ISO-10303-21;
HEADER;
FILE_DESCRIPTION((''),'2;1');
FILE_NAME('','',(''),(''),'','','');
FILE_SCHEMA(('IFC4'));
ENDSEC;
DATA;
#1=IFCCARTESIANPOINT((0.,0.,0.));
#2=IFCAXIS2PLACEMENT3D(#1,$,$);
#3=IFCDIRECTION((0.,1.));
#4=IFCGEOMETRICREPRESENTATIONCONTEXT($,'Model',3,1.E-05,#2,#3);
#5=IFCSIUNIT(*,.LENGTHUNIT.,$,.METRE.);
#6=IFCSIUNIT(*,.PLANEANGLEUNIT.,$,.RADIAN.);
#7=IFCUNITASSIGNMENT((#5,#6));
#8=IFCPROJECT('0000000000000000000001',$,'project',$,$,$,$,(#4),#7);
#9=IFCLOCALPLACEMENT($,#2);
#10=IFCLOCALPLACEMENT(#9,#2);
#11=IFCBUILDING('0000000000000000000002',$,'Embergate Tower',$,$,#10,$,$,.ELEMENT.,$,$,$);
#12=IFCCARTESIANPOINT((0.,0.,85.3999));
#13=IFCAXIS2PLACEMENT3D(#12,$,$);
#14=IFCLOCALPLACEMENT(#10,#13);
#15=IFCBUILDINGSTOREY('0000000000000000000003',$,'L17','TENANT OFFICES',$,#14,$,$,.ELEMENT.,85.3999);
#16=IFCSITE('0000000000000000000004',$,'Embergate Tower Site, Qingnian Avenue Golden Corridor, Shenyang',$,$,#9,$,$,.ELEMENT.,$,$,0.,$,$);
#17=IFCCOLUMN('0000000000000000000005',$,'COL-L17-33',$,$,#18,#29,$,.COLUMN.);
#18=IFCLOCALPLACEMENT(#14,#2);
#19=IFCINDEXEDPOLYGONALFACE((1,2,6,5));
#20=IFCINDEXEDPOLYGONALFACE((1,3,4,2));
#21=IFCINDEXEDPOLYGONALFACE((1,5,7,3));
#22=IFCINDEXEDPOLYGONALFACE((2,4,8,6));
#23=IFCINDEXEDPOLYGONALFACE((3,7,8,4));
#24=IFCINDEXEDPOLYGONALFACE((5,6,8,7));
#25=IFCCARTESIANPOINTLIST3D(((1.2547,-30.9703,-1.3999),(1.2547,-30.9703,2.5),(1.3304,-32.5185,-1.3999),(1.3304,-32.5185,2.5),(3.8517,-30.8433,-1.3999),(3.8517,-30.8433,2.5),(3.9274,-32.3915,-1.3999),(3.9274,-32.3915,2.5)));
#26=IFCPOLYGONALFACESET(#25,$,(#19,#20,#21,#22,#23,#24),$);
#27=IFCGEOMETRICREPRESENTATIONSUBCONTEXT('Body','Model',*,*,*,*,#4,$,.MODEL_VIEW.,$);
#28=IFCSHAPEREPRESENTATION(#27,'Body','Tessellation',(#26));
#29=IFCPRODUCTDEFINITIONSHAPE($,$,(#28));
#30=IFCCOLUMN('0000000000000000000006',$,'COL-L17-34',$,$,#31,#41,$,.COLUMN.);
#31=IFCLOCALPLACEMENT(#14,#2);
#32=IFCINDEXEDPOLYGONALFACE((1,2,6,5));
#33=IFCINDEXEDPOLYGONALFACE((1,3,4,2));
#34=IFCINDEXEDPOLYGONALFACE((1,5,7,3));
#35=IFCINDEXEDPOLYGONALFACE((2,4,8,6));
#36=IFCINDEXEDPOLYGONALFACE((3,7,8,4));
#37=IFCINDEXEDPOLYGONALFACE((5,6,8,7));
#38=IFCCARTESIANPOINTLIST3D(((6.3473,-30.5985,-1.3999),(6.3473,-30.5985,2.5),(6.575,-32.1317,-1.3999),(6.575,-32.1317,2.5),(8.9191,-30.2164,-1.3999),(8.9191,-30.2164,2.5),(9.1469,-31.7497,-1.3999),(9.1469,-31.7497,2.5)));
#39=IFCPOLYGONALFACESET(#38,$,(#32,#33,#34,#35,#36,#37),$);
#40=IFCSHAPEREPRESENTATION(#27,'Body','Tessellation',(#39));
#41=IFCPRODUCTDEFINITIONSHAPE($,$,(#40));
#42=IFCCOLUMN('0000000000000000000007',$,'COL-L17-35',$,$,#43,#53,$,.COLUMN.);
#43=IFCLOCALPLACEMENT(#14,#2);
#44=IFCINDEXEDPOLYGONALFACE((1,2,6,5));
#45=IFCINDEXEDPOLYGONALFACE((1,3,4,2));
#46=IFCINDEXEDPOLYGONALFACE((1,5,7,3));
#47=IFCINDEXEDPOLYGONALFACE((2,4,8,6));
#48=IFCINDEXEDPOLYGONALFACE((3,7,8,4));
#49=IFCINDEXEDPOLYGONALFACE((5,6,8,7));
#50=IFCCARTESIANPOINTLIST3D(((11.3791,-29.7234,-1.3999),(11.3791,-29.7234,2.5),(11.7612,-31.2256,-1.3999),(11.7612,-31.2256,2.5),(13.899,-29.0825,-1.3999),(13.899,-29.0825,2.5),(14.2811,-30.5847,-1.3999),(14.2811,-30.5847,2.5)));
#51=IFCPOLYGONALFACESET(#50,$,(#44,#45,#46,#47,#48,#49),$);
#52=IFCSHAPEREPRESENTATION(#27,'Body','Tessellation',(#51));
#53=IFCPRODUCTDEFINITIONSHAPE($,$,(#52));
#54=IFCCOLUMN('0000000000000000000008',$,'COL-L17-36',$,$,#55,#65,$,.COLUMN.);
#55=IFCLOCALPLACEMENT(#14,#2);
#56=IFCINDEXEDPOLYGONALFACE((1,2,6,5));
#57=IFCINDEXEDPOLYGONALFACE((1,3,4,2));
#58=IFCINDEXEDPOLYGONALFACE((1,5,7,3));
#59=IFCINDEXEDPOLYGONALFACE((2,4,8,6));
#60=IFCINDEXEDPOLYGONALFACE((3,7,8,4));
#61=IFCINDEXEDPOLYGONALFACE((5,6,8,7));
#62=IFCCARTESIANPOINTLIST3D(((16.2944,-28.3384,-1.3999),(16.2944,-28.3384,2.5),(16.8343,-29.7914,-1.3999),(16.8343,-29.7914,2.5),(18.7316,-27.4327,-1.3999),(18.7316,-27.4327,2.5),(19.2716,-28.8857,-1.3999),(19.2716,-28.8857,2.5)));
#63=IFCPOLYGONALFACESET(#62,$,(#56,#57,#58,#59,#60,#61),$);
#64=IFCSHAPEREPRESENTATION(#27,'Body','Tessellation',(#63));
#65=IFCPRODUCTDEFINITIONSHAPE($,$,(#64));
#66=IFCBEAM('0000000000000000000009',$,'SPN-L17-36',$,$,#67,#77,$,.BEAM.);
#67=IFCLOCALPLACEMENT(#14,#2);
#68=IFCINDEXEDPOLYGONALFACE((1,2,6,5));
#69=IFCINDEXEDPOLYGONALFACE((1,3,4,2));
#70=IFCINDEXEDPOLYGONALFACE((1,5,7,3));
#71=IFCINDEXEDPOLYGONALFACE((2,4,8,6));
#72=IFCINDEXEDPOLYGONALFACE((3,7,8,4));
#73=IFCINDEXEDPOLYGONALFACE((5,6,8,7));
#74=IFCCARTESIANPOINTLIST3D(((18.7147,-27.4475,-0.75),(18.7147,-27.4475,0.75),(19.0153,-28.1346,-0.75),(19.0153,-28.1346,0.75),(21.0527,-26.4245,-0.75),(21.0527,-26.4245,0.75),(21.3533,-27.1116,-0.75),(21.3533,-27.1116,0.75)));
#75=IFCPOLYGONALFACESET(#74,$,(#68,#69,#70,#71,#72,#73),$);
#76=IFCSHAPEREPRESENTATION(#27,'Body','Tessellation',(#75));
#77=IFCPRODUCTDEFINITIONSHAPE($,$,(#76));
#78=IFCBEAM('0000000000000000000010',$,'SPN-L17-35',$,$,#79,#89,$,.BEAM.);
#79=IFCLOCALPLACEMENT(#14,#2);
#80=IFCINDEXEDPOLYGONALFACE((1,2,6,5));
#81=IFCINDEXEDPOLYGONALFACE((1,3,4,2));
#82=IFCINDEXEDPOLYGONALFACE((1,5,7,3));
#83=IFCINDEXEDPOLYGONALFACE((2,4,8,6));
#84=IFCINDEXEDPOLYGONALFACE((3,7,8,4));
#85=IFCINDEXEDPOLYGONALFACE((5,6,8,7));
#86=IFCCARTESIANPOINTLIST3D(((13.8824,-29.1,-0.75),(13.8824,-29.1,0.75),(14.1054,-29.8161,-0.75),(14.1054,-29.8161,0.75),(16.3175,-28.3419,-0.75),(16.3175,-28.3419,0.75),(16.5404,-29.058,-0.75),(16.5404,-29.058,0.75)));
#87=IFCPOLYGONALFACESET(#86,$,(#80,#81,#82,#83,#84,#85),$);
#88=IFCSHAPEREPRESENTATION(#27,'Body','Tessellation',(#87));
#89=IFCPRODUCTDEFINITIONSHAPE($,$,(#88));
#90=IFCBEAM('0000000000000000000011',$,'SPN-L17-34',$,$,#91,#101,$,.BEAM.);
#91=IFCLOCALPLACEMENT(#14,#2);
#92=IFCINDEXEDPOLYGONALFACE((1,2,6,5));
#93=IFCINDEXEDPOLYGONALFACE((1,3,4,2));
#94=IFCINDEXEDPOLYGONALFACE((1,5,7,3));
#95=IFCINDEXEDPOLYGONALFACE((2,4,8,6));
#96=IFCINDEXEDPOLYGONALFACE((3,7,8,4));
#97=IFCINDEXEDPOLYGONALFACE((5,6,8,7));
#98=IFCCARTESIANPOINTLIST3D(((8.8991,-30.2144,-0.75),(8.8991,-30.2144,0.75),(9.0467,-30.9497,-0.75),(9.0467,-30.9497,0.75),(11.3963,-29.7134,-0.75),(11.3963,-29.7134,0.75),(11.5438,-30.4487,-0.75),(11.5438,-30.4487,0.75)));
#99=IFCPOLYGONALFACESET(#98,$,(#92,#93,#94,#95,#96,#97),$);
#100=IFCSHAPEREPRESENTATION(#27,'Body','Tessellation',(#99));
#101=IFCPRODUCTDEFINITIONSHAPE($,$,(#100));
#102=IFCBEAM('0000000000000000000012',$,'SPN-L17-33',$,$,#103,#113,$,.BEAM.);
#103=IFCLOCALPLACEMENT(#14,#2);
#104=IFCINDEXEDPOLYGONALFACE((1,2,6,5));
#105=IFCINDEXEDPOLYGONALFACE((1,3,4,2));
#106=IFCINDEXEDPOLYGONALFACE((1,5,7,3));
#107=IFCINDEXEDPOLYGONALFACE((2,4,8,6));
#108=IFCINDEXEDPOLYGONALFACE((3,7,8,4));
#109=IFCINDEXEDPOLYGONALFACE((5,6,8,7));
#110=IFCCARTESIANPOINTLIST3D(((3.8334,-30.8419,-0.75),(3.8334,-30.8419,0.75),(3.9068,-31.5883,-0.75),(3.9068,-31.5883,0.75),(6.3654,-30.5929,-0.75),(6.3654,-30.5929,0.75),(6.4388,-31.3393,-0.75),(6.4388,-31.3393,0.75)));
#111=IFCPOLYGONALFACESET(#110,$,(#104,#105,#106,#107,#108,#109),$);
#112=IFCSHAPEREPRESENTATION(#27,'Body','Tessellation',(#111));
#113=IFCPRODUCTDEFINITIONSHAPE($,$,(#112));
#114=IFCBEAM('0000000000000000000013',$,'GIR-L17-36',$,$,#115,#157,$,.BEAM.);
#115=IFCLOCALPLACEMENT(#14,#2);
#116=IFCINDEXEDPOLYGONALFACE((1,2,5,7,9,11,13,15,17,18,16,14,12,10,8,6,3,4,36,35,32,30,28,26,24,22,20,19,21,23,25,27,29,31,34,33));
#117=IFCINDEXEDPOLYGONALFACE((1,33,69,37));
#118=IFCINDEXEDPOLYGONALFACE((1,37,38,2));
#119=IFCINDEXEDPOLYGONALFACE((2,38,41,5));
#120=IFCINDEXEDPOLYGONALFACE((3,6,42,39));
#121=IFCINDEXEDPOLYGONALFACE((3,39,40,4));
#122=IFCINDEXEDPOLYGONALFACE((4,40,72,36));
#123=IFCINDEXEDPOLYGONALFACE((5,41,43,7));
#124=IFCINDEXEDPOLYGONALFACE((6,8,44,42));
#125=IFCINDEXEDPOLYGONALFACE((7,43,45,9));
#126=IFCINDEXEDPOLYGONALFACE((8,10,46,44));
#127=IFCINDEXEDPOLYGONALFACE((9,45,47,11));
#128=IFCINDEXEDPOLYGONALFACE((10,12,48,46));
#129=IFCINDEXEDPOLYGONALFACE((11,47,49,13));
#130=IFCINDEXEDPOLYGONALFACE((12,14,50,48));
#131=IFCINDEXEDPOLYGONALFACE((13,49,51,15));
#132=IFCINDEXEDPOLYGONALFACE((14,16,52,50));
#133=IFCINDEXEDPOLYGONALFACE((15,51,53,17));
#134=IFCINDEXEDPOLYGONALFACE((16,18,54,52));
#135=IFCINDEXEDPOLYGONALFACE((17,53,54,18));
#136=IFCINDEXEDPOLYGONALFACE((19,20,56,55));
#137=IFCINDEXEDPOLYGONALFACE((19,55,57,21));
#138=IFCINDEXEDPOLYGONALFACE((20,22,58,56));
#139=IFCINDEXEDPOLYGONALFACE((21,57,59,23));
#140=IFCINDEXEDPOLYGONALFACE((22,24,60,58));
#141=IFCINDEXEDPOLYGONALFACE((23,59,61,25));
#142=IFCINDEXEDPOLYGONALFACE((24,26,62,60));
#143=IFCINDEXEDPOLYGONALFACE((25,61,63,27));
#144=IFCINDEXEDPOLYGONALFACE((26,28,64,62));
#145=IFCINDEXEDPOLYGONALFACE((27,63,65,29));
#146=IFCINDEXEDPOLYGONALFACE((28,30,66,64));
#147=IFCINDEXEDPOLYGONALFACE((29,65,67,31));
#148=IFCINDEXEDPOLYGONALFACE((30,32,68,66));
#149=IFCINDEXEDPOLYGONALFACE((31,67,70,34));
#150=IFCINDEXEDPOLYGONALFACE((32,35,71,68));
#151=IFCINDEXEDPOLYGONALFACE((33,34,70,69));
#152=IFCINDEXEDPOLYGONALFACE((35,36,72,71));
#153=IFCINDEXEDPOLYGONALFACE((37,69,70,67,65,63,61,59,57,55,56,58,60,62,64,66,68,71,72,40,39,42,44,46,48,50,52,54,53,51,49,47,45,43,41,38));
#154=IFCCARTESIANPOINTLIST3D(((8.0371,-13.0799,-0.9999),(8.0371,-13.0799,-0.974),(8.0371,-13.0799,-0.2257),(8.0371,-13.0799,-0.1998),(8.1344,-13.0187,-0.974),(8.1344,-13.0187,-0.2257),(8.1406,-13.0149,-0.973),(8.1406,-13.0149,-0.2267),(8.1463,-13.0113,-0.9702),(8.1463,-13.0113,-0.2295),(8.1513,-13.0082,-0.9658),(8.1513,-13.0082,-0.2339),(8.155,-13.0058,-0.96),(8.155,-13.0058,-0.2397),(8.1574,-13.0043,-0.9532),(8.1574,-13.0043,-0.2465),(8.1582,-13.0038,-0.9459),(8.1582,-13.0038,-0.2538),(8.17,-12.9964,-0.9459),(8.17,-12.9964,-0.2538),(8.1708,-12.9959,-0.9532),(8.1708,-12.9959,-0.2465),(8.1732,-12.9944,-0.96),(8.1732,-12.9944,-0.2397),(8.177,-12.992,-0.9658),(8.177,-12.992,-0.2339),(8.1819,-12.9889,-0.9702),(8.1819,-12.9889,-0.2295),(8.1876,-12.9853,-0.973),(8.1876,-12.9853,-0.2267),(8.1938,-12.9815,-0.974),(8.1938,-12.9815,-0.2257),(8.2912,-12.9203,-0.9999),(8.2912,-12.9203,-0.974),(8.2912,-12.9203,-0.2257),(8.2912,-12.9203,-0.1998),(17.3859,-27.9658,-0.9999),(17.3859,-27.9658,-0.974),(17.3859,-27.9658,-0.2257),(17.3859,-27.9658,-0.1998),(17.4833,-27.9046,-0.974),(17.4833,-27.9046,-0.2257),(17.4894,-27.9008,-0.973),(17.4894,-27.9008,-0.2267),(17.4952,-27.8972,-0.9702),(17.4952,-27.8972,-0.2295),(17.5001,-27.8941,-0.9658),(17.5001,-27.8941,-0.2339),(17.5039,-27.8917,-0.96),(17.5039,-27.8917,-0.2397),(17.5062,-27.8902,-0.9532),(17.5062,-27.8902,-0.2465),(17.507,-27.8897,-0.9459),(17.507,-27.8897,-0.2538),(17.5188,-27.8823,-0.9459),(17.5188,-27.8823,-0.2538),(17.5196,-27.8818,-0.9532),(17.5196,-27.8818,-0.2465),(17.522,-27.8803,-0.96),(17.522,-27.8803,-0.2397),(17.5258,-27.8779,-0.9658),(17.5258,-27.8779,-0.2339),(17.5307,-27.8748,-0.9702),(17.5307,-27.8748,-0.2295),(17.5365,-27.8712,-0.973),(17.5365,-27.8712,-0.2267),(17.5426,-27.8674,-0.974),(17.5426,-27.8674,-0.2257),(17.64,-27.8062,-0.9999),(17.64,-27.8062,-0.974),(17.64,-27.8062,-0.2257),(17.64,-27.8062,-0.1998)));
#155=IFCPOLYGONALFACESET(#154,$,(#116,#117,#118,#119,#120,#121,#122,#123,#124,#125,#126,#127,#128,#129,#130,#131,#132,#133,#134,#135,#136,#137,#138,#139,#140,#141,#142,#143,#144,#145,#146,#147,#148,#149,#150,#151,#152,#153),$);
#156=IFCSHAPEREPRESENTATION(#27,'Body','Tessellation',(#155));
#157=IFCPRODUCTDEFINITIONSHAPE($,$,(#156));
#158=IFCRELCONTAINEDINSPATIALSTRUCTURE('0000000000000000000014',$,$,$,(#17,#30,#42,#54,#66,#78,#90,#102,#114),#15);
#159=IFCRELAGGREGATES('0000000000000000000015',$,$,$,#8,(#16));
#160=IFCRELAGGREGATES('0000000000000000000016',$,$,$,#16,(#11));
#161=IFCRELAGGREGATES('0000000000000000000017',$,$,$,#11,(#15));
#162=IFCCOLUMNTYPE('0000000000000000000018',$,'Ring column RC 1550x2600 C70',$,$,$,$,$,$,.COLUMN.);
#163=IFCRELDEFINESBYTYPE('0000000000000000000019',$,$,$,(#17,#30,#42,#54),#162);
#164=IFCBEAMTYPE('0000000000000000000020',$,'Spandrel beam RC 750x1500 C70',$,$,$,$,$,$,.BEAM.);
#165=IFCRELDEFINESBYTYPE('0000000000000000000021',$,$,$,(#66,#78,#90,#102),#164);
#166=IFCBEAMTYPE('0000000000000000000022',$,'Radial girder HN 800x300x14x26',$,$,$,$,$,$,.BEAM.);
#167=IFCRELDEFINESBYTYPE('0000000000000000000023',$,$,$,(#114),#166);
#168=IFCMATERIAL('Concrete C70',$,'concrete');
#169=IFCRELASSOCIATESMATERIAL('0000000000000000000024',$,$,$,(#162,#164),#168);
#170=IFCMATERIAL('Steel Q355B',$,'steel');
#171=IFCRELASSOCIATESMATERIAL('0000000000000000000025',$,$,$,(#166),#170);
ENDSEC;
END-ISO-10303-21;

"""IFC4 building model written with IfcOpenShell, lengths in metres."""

from ifc_helpers import new_model, si_unit, direction, frame, origin, origin_2d, place, context, subcontext, project, spatial, rectangle, i_section, extrude, source, transform, mapped, material, material_profile, profile_set, type_object, element, save


model = new_model("IFC4")

# Units and contexts
model_context = context("Model", 3, precision=1e-05, world=origin(), true_north=direction((0.0, 1.0)))
body_context = subcontext(model_context, "Body", "Model", "MODEL_VIEW")
ifc_project = project(units=[si_unit("LENGTHUNIT", "METRE"), si_unit("PLANEANGLEUNIT", "RADIAN")], contexts=[model_context])

# Site, building, storey
site_placement = place(None, origin())
site = spatial("IfcSite", under=ifc_project, at=site_placement, Name="Embergate Tower Site, Qingnian Avenue Golden Corridor, Shenyang", CompositionType="ELEMENT", RefElevation=0.0)
building_placement = place(site_placement, origin())
building = spatial("IfcBuilding", under=site, at=building_placement, Name="Embergate Tower", CompositionType="ELEMENT")
storey_placement = place(building_placement, frame((0.0, 0.0, 85.3999)))
storey = spatial("IfcBuildingStorey", under=building, at=storey_placement, Name="L17", Description="TENANT OFFICES", CompositionType="ELEMENT", Elevation=85.3999)

# Columns
ifc_material_1 = material(Name="Concrete C70", Category="concrete")
ifc_material_profile_1 = material_profile(ifc_material_1, rectangle(XDim=1.55, YDim=2.6001, at=origin_2d()), Name="RC 1550x2600")
ifc_profile_set_1 = profile_set([ifc_material_profile_1], Name="Concrete C70")
column_type = type_object("IfcColumnType", Name="Ring column RC 1550x2600 C70", PredefinedType="COLUMN", material=ifc_profile_set_1)
shared_shape_1 = source(origin(), body_context, "Body", "SweptSolid", [
    extrude(rectangle(XDim=1.55, YDim=2.6001, at=origin_2d()), origin(), (0.0, 0.0, 1.0), 3.8999),
])
for number, where, z_axis, x_axis, name in (
    (1, (2.5911, -31.6809, -1.3999), (0.0, 0.0, 1.0), (0.048815, -0.998808, 0.0), "COL-L17-33"),
    (2, (7.7471, -31.1741, -1.3999), (0.0, 0.0, 1.0), (0.146929, -0.989147, 0.0), "COL-L17-34"),
    (3, (12.8301, -30.1541, -1.3999), (0.0, 0.0, 1.0), (0.246492, -0.969145, 0.0), "COL-L17-35"),
    (4, (17.783, -28.6121, -1.3999), (0.0, 0.0, 1.0), (0.348343, -0.937367, 0.0), "COL-L17-36"),
):
    element("IfcColumn", number, at=place(storey_placement, frame(where, z_axis=z_axis, x_axis=x_axis)), inside=storey, type_object=column_type, Name=name, PredefinedType="COLUMN", context=body_context, shape_type="MappedRepresentation", body=[
        mapped(shared_shape_1, transform((0.0, 0.0, 0.0))),
    ])

# Beams
ifc_material_profile_2 = material_profile(ifc_material_1, rectangle(XDim=0.75, YDim=1.5, at=origin_2d()), Name="RC 750x1500")
ifc_profile_set_2 = profile_set([ifc_material_profile_2], Name="Concrete C70")
beam_type_1 = type_object("IfcBeamType", Name="Spandrel beam RC 750x1500 C70", PredefinedType="BEAM", material=ifc_profile_set_2)
shared_shape_2 = source(origin(), body_context, "Body", "SweptSolid", [
    extrude(rectangle(XDim=0.75, YDim=1.5, at=origin_2d()), origin(), (0.0, 0.0, 1.0), 2.552),
])
beam_1_placement = place(storey_placement, frame((18.865, -27.791, 0.0), z_axis=(0.91614, 0.400859, 0.0), x_axis=(-0.400859, 0.91614, 0.0)))
element("IfcBeam", 5, at=beam_1_placement, inside=storey, type_object=beam_type_1, Name="SPN-L17-36", PredefinedType="BEAM", context=body_context, shape_type="MappedRepresentation", body=[
    mapped(shared_shape_2, transform((0.0, 0.0, 0.0))),
])
shared_shape_3 = source(origin(), body_context, "Body", "SweptSolid", [
    extrude(rectangle(XDim=0.75, YDim=1.5, at=origin_2d()), origin(), (0.0, 0.0, 1.0), 2.5503),
])
beam_2_placement = place(storey_placement, frame((13.9939, -29.458, 0.0), z_axis=(0.954803, 0.297239, 0.0), x_axis=(-0.297239, 0.954803, 0.0)))
element("IfcBeam", 6, at=beam_2_placement, inside=storey, type_object=beam_type_1, Name="SPN-L17-35", PredefinedType="BEAM", context=body_context, shape_type="MappedRepresentation", body=[
    mapped(shared_shape_3, transform((0.0, 0.0, 0.0))),
])
shared_shape_4 = source(origin(), body_context, "Body", "SweptSolid", [
    extrude(rectangle(XDim=0.75, YDim=1.5, at=origin_2d()), origin(), (0.0, 0.0, 1.0), 2.5469),
])
beam_3_placement = place(storey_placement, frame((8.9729, -30.582, 0.0), z_axis=(0.980463, 0.196706, 0.0), x_axis=(-0.196706, 0.980463, 0.0)))
element("IfcBeam", 7, at=beam_3_placement, inside=storey, type_object=beam_type_1, Name="SPN-L17-34", PredefinedType="BEAM", context=body_context, shape_type="MappedRepresentation", body=[
    mapped(shared_shape_4, transform((0.0, 0.0, 0.0))),
])
shared_shape_5 = source(origin(), body_context, "Body", "SweptSolid", [
    extrude(rectangle(XDim=0.75, YDim=1.5, at=origin_2d()), origin(), (0.0, 0.0, 1.0), 2.5442),
])
beam_4_placement = place(storey_placement, frame((3.8701, -31.2151, 0.0), z_axis=(0.995198, 0.097879, 0.0), x_axis=(-0.097879, 0.995198, 0.0)))
element("IfcBeam", 8, at=beam_4_placement, inside=storey, type_object=beam_type_1, Name="SPN-L17-33", PredefinedType="BEAM", context=body_context, shape_type="MappedRepresentation", body=[
    mapped(shared_shape_5, transform((0.0, 0.0, 0.0))),
])
ifc_material_2 = material(Name="Steel Q355B", Category="steel")
ifc_material_profile_3 = material_profile(ifc_material_2, i_section(OverallWidth=0.3, OverallDepth=0.8, WebThickness=0.0139, FlangeThickness=0.0259, FilletRadius=0.0281, at=origin_2d()), Name="HN 800x300x14x26")
ifc_profile_set_3 = profile_set([ifc_material_profile_3], Name="Steel Q355 grade B")
beam_type_2 = type_object("IfcBeamType", Name="Radial girder HN 800x300x14x26", PredefinedType="BEAM", material=ifc_profile_set_3)
shared_shape_6 = source(origin(), body_context, "Body", "SweptSolid", [
    extrude(i_section(OverallWidth=0.3, OverallDepth=0.8, WebThickness=0.0139, FlangeThickness=0.0259, FilletRadius=0.0281, at=origin_2d()), origin(), (0.0, 0.0, 1.0), 17.5781),
])
beam_5_placement = place(storey_placement, frame((17.5129, -27.886, -0.5999), z_axis=(-0.531844, 0.846842, 0.0), x_axis=(-0.846842, -0.531844, 0.0)))
element("IfcBeam", 9, at=beam_5_placement, inside=storey, type_object=beam_type_2, Name="GIR-L17-36", PredefinedType="BEAM", context=body_context, shape_type="MappedRepresentation", body=[
    mapped(shared_shape_6, transform((0.0, 0.0, 0.0))),
])

save(model, "model.ifc")
